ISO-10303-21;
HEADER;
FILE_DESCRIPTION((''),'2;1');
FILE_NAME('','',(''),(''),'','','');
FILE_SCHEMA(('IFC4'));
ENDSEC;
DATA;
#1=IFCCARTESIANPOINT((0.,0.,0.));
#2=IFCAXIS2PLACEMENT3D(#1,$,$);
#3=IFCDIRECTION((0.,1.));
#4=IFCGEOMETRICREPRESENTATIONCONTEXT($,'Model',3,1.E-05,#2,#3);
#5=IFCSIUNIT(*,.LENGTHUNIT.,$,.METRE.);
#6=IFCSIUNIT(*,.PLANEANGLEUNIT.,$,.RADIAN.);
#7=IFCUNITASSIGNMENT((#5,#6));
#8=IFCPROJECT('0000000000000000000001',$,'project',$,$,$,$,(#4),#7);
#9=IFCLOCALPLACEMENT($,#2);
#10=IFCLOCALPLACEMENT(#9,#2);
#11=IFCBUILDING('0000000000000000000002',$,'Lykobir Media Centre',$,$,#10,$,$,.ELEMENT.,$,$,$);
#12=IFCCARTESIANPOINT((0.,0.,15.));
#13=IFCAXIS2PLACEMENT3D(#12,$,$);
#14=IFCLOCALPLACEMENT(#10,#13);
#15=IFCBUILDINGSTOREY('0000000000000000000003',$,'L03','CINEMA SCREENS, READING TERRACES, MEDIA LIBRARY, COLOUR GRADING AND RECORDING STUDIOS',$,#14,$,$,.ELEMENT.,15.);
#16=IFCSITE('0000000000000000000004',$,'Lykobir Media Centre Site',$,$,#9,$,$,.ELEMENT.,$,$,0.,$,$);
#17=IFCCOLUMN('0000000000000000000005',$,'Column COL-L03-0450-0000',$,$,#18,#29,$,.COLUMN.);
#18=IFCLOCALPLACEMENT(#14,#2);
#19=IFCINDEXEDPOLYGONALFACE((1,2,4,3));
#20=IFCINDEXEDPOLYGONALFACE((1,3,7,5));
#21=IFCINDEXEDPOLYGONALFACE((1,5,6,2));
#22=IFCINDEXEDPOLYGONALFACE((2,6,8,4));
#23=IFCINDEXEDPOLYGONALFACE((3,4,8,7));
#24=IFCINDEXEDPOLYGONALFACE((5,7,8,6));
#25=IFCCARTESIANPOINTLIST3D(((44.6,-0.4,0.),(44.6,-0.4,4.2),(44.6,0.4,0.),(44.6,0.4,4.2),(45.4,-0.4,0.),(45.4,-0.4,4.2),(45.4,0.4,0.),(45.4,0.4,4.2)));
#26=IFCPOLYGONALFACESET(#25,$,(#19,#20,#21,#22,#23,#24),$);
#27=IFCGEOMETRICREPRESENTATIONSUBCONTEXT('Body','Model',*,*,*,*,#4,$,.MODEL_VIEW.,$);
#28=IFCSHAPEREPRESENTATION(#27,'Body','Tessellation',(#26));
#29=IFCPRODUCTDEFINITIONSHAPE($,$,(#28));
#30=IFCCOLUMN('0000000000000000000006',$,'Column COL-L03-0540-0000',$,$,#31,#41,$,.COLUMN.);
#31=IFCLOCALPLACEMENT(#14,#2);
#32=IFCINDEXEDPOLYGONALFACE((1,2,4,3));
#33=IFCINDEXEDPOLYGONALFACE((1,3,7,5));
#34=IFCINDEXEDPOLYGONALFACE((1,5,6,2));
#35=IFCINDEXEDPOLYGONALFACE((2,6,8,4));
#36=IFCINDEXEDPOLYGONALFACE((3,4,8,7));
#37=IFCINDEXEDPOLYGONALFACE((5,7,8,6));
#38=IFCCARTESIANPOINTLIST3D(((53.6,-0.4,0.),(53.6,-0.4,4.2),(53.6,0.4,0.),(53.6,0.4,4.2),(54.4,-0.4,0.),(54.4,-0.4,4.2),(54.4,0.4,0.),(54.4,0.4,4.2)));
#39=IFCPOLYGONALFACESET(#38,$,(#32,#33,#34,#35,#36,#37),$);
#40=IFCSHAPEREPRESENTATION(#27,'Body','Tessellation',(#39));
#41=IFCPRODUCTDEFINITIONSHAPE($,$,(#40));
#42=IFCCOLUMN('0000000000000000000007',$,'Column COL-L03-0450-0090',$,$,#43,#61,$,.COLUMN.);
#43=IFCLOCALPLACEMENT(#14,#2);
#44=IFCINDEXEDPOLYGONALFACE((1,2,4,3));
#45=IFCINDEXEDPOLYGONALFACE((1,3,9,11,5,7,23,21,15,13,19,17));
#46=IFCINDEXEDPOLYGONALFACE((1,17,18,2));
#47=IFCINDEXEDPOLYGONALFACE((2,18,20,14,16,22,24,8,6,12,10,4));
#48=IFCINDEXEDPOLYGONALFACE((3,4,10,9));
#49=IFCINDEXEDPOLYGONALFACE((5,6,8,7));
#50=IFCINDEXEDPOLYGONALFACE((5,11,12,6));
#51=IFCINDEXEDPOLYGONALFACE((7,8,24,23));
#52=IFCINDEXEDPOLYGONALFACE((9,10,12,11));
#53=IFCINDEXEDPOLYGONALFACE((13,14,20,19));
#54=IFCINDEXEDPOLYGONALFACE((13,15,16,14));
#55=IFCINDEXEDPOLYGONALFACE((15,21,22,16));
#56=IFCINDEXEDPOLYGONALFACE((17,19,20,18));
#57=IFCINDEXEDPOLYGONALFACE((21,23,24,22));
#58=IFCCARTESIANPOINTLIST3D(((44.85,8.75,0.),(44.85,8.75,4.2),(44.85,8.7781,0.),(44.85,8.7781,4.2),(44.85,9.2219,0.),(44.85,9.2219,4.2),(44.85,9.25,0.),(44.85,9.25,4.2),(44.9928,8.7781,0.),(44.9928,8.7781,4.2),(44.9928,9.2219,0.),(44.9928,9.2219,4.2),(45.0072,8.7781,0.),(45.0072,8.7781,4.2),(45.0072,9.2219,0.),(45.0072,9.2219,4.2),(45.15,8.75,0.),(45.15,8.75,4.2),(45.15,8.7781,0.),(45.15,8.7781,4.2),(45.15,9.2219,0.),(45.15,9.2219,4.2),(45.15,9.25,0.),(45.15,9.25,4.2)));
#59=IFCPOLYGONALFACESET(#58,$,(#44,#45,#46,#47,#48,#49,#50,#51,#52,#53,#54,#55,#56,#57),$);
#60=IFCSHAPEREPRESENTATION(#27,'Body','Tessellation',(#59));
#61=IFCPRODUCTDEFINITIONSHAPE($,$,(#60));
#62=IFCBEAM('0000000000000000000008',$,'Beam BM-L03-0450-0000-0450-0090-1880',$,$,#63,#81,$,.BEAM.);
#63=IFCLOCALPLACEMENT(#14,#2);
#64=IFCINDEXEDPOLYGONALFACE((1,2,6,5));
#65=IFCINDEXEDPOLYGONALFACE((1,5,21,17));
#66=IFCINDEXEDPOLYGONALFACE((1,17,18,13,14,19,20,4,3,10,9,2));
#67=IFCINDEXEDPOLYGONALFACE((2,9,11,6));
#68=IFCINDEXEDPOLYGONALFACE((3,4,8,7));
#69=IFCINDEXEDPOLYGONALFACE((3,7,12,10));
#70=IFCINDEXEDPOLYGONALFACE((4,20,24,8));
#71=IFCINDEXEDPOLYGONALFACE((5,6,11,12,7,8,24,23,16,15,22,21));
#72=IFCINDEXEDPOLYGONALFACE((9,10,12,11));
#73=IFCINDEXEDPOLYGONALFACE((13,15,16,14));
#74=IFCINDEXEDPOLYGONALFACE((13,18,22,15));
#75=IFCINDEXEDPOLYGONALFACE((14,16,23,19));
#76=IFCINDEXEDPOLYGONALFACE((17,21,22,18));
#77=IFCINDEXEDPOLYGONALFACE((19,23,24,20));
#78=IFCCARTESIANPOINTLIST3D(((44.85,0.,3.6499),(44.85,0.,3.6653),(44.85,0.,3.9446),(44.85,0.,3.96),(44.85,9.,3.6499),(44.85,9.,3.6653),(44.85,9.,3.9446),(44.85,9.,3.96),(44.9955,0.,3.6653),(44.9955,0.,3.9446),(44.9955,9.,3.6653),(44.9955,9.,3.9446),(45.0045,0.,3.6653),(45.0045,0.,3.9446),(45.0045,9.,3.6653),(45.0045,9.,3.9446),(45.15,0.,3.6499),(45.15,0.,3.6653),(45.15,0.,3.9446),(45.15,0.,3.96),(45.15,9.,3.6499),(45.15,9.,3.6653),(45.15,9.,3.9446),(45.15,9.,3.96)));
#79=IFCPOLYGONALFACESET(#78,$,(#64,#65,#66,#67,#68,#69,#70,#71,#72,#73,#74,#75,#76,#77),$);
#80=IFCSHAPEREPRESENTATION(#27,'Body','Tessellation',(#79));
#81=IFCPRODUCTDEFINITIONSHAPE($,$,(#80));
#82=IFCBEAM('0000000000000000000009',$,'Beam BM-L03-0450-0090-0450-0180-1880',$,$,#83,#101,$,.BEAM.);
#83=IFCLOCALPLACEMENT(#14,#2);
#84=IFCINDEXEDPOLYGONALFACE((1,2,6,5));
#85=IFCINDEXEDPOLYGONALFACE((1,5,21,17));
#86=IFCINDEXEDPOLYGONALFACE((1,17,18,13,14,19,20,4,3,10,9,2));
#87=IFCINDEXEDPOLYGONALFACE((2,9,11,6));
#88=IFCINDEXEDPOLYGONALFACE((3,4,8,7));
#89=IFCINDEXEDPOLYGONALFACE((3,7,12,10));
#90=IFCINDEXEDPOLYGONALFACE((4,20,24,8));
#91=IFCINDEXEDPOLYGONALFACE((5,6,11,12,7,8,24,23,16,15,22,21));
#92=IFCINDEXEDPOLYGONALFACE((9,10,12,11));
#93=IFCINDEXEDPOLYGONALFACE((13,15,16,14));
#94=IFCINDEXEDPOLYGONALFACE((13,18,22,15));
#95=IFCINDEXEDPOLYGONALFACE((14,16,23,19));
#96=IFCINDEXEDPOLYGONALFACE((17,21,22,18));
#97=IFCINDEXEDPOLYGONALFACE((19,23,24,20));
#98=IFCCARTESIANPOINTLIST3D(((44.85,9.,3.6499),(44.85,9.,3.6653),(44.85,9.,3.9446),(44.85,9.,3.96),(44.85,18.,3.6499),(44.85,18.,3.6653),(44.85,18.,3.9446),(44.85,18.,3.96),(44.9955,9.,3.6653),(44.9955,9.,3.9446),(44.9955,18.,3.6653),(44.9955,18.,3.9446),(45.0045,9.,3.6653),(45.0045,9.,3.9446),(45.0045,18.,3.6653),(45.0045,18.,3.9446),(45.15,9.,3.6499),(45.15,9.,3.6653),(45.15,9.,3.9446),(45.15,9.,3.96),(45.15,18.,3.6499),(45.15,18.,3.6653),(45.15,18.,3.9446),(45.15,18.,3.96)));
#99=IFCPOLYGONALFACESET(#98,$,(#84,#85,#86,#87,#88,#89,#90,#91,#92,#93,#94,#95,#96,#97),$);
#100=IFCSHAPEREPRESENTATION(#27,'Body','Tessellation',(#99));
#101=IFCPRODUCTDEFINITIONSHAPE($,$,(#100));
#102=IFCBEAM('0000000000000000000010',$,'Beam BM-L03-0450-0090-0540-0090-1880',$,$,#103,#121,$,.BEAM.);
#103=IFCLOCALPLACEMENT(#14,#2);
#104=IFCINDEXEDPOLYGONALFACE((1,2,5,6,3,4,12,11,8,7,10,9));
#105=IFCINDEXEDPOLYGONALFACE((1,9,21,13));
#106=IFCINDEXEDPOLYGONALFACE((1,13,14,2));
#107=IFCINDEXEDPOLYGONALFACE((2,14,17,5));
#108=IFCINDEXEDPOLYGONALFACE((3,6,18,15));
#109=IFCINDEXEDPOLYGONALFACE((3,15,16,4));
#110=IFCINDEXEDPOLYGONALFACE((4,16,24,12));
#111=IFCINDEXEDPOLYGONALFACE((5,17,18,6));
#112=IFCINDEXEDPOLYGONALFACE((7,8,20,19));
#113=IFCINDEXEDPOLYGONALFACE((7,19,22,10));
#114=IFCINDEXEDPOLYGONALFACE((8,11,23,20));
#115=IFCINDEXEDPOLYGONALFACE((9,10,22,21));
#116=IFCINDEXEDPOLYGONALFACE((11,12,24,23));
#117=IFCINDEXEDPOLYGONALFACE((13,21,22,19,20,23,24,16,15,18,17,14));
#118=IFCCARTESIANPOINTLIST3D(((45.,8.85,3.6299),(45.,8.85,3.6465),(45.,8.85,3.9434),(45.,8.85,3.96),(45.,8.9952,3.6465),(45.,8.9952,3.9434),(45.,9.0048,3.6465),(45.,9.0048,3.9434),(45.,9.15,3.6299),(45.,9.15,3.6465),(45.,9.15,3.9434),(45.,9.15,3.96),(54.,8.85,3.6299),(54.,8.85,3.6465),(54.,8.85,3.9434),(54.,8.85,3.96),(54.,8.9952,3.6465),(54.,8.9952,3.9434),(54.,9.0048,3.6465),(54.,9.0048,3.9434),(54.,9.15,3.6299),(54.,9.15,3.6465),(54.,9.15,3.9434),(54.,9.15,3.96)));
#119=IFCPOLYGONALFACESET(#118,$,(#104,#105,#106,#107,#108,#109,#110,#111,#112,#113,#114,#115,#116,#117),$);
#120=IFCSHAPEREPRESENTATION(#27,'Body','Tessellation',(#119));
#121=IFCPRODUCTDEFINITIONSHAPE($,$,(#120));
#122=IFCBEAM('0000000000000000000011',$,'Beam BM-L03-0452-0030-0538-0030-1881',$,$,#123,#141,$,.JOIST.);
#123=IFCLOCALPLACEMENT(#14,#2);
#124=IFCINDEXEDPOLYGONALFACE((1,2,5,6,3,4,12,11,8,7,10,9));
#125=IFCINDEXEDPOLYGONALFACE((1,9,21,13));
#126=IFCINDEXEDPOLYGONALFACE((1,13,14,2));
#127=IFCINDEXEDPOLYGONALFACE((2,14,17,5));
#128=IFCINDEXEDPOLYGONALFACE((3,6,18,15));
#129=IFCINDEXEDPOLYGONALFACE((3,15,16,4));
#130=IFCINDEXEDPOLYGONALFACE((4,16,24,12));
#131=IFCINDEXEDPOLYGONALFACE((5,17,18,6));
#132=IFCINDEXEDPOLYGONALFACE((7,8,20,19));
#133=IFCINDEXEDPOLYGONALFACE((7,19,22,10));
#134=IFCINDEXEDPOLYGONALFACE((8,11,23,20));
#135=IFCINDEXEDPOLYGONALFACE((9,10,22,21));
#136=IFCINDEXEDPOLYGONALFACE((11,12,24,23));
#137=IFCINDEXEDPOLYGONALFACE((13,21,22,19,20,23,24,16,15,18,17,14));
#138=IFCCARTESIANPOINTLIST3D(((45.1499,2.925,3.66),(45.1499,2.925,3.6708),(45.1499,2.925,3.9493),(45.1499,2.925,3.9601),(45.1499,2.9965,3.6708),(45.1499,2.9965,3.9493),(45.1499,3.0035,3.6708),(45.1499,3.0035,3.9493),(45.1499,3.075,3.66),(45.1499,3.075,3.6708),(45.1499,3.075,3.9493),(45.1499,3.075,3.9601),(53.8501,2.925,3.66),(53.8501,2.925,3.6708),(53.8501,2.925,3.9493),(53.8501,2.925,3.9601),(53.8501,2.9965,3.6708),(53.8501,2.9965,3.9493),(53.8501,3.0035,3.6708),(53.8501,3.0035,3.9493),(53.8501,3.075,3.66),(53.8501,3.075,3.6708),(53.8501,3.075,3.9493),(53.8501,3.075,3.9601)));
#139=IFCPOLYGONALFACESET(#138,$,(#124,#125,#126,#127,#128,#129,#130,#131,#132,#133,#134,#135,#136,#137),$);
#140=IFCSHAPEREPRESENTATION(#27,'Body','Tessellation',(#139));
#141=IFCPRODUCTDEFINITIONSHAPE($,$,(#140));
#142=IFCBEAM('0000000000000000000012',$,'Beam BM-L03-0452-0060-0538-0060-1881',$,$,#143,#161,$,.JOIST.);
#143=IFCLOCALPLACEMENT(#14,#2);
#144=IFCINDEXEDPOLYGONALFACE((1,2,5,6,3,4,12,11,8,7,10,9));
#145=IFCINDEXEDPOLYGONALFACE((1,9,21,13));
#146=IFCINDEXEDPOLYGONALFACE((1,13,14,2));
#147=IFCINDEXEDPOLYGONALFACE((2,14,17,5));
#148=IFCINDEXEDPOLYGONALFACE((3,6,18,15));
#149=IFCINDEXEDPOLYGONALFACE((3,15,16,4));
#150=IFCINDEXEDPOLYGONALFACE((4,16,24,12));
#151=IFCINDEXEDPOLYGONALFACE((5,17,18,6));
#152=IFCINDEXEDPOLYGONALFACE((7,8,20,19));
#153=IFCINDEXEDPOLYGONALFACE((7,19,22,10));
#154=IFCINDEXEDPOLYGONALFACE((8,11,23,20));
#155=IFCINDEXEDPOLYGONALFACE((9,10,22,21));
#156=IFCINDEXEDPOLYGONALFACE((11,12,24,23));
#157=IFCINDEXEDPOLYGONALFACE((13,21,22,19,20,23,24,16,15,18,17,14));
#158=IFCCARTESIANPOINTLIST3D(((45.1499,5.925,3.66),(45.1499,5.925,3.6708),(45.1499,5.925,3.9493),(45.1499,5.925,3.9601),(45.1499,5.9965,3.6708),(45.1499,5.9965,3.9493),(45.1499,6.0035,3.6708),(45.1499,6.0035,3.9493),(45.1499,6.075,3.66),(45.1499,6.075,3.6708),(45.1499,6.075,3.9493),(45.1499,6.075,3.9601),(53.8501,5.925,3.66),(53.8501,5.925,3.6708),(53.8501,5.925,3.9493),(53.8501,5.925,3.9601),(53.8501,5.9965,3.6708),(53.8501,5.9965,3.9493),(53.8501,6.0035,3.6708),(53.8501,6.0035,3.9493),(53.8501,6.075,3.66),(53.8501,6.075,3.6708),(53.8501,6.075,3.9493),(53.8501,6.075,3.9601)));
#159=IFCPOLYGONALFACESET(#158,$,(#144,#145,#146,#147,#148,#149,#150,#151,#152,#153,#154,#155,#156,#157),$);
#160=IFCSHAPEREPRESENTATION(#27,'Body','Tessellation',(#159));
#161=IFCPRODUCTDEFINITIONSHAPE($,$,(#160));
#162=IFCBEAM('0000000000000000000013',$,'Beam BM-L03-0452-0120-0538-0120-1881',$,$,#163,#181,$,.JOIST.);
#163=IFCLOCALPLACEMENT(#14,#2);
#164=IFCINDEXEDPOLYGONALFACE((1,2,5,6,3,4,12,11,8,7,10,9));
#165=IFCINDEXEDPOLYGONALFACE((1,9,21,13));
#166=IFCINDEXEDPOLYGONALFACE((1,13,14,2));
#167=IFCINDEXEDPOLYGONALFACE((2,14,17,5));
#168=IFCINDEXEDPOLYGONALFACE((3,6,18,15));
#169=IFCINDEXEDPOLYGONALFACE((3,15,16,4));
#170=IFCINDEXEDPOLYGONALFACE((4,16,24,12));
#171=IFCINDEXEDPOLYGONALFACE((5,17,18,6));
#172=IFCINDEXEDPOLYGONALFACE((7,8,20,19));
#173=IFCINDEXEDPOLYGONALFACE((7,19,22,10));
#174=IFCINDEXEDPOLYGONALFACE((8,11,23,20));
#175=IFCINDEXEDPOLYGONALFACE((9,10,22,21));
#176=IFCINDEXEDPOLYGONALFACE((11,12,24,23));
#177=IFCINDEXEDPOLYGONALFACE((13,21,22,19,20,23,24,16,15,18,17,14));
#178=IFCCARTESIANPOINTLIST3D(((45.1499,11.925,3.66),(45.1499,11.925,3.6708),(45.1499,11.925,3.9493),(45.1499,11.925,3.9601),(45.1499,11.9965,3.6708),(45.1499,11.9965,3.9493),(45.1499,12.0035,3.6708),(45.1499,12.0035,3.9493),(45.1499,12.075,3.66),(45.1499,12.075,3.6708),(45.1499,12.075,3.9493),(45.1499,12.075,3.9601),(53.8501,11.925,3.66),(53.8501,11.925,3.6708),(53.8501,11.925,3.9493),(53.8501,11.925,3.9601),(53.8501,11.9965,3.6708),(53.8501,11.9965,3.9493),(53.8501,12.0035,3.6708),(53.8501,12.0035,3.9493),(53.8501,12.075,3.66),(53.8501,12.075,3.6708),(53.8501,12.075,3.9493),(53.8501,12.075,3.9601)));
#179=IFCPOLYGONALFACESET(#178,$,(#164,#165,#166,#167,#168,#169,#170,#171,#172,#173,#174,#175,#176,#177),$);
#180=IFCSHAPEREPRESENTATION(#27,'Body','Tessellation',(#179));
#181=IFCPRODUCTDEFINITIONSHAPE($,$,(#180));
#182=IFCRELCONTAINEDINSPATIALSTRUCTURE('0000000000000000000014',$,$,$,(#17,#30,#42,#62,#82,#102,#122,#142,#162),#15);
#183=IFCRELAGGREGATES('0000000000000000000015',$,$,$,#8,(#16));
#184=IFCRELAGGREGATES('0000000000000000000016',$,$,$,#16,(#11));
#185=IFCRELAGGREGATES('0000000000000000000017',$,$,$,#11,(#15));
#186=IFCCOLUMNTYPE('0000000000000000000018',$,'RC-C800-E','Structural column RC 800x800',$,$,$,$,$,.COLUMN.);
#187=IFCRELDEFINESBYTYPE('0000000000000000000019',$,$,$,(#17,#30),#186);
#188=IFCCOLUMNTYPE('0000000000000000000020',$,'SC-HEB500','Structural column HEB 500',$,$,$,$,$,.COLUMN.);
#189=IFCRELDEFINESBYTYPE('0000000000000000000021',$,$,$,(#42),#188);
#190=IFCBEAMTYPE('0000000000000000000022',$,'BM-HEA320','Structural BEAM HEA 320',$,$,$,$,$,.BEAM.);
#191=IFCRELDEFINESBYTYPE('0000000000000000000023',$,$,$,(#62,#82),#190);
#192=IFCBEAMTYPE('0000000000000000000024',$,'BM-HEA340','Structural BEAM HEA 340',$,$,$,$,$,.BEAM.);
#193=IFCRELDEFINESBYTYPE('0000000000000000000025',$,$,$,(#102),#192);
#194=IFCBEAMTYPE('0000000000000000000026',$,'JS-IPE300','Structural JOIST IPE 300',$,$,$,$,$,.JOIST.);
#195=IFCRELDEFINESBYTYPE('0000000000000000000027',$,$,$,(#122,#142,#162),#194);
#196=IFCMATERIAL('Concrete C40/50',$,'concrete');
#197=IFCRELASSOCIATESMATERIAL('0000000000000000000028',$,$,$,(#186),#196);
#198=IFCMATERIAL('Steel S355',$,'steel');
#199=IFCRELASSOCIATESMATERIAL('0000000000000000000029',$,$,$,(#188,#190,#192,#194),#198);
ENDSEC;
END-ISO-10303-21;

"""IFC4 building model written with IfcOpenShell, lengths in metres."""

from ifc_helpers import new_model, si_unit, direction, frame, origin, origin_2d, place, context, subcontext, project, spatial, rectangle, i_section, extrude, material, material_profile, profile_set, type_object, element, save


model = new_model("IFC4")

# Units and contexts
model_context = context("Model", 3, precision=1e-05, world=origin(), true_north=direction((0.0, 1.0)))
body_context = subcontext(model_context, "Body", "Model", "MODEL_VIEW")
ifc_project = project(units=[si_unit("LENGTHUNIT", "METRE"), si_unit("PLANEANGLEUNIT", "RADIAN")], contexts=[model_context])

# Site, building, storey
site_placement = place(None, origin())
site = spatial("IfcSite", under=ifc_project, at=site_placement, Name="Lykobir Media Centre Site", CompositionType="ELEMENT", RefElevation=0.0)
building_placement = place(site_placement, origin())
building = spatial("IfcBuilding", under=site, at=building_placement, Name="Lykobir Media Centre", CompositionType="ELEMENT")
storey_placement = place(building_placement, frame((0.0, 0.0, 15.0)))
storey = spatial("IfcBuildingStorey", under=building, at=storey_placement, Name="L03", Description="CINEMA SCREENS, READING TERRACES, MEDIA LIBRARY, COLOUR GRADING AND RECORDING STUDIOS", CompositionType="ELEMENT", Elevation=15.0)

# Columns
ifc_material_1 = material(Name="Concrete C40/50", Category="concrete")
ifc_material_profile_1 = material_profile(ifc_material_1, rectangle(XDim=0.8, YDim=0.8, at=origin_2d()), Name="RC 800x800")
ifc_profile_set_1 = profile_set([ifc_material_profile_1], Name="Concrete C40/50")
column_type_1 = type_object("IfcColumnType", Name="RC-C800-E", Description="Structural column RC 800x800", PredefinedType="COLUMN", material=ifc_profile_set_1)
for number, where, z_axis, x_axis, name in (
    (1, (45.0, 0.0, 0.0), (0.0, 0.0, 1.0), (1.0, 0.0, 0.0), "Column COL-L03-0450-0000"),
    (2, (54.0, 0.0, 0.0), (0.0, 0.0, 1.0), (1.0, 0.0, 0.0), "Column COL-L03-0540-0000"),
):
    element("IfcColumn", number, at=place(storey_placement, frame(where, z_axis=z_axis, x_axis=x_axis)), inside=storey, type_object=column_type_1, Name=name, PredefinedType="COLUMN", context=body_context, shape_type="SweptSolid", body=[
        extrude(rectangle(XDim=0.8, YDim=0.8, at=origin_2d()), origin(), (0.0, 0.0, 1.0), 4.2),
    ])
ifc_material_2 = material(Name="Steel S355", Category="steel")
ifc_material_profile_2 = material_profile(ifc_material_2, i_section(OverallWidth=0.3, OverallDepth=0.5, WebThickness=0.0144, FlangeThickness=0.0281, at=origin_2d()), Name="HEB 500")
ifc_profile_set_2 = profile_set([ifc_material_profile_2], Name="Steel S355")
column_type_2 = type_object("IfcColumnType", Name="SC-HEB500", Description="Structural column HEB 500", PredefinedType="COLUMN", material=ifc_profile_set_2)
column_placement = place(storey_placement, frame((45.0, 9.0, 0.0), z_axis=(0.0, 0.0, 1.0), x_axis=(1.0, 0.0, 0.0)))
element("IfcColumn", 3, at=column_placement, inside=storey, type_object=column_type_2, Name="Column COL-L03-0450-0090", PredefinedType="COLUMN", context=body_context, shape_type="SweptSolid", body=[
    extrude(i_section(OverallWidth=0.3, OverallDepth=0.5, WebThickness=0.0144, FlangeThickness=0.0281, at=origin_2d()), origin(), (0.0, 0.0, 1.0), 4.2),
])

# Beams
ifc_material_profile_3 = material_profile(ifc_material_2, i_section(OverallWidth=0.3, OverallDepth=0.3101, WebThickness=0.009, FlangeThickness=0.0154, at=origin_2d()), Name="HEA 320")
ifc_profile_set_3 = profile_set([ifc_material_profile_3], Name="Steel S355")
beam_type_1 = type_object("IfcBeamType", Name="BM-HEA320", Description="Structural BEAM HEA 320", PredefinedType="BEAM", material=ifc_profile_set_3)
for number, where, z_axis, x_axis, name in (
    (4, (45.0, 0.0, 3.8049), (0.0, 1.0, 0.0), (-1.0, 0.0, 0.0), "Beam BM-L03-0450-0000-0450-0090-1880"),
    (5, (45.0, 9.0, 3.8049), (0.0, 1.0, 0.0), (-1.0, 0.0, 0.0), "Beam BM-L03-0450-0090-0450-0180-1880"),
):
    element("IfcBeam", number, at=place(storey_placement, frame(where, z_axis=z_axis, x_axis=x_axis)), inside=storey, type_object=beam_type_1, Name=name, PredefinedType="BEAM", context=body_context, shape_type="SweptSolid", body=[
        extrude(i_section(OverallWidth=0.3, OverallDepth=0.3101, WebThickness=0.009, FlangeThickness=0.0154, at=origin_2d()), origin(), (0.0, 0.0, 1.0), 9.0),
    ])
ifc_material_profile_4 = material_profile(ifc_material_2, i_section(OverallWidth=0.3, OverallDepth=0.3301, WebThickness=0.0095, FlangeThickness=0.0166, at=origin_2d()), Name="HEA 340")
ifc_profile_set_4 = profile_set([ifc_material_profile_4], Name="Steel S355")
beam_type_2 = type_object("IfcBeamType", Name="BM-HEA340", Description="Structural BEAM HEA 340", PredefinedType="BEAM", material=ifc_profile_set_4)
beam_1_placement = place(storey_placement, frame((45.0, 9.0, 3.7949), z_axis=(1.0, 0.0, 0.0), x_axis=(0.0, 1.0, 0.0)))
element("IfcBeam", 6, at=beam_1_placement, inside=storey, type_object=beam_type_2, Name="Beam BM-L03-0450-0090-0540-0090-1880", PredefinedType="BEAM", context=body_context, shape_type="SweptSolid", body=[
    extrude(i_section(OverallWidth=0.3, OverallDepth=0.3301, WebThickness=0.0095, FlangeThickness=0.0166, at=origin_2d()), origin(), (0.0, 0.0, 1.0), 9.0),
])
ifc_material_profile_5 = material_profile(ifc_material_2, i_section(OverallWidth=0.1499, OverallDepth=0.3, WebThickness=0.0071, FlangeThickness=0.0107, at=origin_2d()), Name="IPE 300")
ifc_profile_set_5 = profile_set([ifc_material_profile_5], Name="Steel S355")
beam_type_3 = type_object("IfcBeamType", Name="JS-IPE300", Description="Structural JOIST IPE 300", PredefinedType="JOIST", material=ifc_profile_set_5)
for number, where, z_axis, x_axis, name in (
    (7, (45.1499, 3.0, 3.8101), (1.0, 0.0, 0.0), (0.0, 1.0, 0.0), "Beam BM-L03-0452-0030-0538-0030-1881"),
    (8, (45.1499, 6.0, 3.8101), (1.0, 0.0, 0.0), (0.0, 1.0, 0.0), "Beam BM-L03-0452-0060-0538-0060-1881"),
    (9, (45.1499, 12.0, 3.8101), (1.0, 0.0, 0.0), (0.0, 1.0, 0.0), "Beam BM-L03-0452-0120-0538-0120-1881"),
):
    element("IfcBeam", number, at=place(storey_placement, frame(where, z_axis=z_axis, x_axis=x_axis)), inside=storey, type_object=beam_type_3, Name=name, PredefinedType="JOIST", context=body_context, shape_type="SweptSolid", body=[
        extrude(i_section(OverallWidth=0.1499, OverallDepth=0.3, WebThickness=0.0071, FlangeThickness=0.0107, at=origin_2d()), origin(), (0.0, 0.0, 1.0), 8.7002),
    ])

save(model, "model.ifc")
